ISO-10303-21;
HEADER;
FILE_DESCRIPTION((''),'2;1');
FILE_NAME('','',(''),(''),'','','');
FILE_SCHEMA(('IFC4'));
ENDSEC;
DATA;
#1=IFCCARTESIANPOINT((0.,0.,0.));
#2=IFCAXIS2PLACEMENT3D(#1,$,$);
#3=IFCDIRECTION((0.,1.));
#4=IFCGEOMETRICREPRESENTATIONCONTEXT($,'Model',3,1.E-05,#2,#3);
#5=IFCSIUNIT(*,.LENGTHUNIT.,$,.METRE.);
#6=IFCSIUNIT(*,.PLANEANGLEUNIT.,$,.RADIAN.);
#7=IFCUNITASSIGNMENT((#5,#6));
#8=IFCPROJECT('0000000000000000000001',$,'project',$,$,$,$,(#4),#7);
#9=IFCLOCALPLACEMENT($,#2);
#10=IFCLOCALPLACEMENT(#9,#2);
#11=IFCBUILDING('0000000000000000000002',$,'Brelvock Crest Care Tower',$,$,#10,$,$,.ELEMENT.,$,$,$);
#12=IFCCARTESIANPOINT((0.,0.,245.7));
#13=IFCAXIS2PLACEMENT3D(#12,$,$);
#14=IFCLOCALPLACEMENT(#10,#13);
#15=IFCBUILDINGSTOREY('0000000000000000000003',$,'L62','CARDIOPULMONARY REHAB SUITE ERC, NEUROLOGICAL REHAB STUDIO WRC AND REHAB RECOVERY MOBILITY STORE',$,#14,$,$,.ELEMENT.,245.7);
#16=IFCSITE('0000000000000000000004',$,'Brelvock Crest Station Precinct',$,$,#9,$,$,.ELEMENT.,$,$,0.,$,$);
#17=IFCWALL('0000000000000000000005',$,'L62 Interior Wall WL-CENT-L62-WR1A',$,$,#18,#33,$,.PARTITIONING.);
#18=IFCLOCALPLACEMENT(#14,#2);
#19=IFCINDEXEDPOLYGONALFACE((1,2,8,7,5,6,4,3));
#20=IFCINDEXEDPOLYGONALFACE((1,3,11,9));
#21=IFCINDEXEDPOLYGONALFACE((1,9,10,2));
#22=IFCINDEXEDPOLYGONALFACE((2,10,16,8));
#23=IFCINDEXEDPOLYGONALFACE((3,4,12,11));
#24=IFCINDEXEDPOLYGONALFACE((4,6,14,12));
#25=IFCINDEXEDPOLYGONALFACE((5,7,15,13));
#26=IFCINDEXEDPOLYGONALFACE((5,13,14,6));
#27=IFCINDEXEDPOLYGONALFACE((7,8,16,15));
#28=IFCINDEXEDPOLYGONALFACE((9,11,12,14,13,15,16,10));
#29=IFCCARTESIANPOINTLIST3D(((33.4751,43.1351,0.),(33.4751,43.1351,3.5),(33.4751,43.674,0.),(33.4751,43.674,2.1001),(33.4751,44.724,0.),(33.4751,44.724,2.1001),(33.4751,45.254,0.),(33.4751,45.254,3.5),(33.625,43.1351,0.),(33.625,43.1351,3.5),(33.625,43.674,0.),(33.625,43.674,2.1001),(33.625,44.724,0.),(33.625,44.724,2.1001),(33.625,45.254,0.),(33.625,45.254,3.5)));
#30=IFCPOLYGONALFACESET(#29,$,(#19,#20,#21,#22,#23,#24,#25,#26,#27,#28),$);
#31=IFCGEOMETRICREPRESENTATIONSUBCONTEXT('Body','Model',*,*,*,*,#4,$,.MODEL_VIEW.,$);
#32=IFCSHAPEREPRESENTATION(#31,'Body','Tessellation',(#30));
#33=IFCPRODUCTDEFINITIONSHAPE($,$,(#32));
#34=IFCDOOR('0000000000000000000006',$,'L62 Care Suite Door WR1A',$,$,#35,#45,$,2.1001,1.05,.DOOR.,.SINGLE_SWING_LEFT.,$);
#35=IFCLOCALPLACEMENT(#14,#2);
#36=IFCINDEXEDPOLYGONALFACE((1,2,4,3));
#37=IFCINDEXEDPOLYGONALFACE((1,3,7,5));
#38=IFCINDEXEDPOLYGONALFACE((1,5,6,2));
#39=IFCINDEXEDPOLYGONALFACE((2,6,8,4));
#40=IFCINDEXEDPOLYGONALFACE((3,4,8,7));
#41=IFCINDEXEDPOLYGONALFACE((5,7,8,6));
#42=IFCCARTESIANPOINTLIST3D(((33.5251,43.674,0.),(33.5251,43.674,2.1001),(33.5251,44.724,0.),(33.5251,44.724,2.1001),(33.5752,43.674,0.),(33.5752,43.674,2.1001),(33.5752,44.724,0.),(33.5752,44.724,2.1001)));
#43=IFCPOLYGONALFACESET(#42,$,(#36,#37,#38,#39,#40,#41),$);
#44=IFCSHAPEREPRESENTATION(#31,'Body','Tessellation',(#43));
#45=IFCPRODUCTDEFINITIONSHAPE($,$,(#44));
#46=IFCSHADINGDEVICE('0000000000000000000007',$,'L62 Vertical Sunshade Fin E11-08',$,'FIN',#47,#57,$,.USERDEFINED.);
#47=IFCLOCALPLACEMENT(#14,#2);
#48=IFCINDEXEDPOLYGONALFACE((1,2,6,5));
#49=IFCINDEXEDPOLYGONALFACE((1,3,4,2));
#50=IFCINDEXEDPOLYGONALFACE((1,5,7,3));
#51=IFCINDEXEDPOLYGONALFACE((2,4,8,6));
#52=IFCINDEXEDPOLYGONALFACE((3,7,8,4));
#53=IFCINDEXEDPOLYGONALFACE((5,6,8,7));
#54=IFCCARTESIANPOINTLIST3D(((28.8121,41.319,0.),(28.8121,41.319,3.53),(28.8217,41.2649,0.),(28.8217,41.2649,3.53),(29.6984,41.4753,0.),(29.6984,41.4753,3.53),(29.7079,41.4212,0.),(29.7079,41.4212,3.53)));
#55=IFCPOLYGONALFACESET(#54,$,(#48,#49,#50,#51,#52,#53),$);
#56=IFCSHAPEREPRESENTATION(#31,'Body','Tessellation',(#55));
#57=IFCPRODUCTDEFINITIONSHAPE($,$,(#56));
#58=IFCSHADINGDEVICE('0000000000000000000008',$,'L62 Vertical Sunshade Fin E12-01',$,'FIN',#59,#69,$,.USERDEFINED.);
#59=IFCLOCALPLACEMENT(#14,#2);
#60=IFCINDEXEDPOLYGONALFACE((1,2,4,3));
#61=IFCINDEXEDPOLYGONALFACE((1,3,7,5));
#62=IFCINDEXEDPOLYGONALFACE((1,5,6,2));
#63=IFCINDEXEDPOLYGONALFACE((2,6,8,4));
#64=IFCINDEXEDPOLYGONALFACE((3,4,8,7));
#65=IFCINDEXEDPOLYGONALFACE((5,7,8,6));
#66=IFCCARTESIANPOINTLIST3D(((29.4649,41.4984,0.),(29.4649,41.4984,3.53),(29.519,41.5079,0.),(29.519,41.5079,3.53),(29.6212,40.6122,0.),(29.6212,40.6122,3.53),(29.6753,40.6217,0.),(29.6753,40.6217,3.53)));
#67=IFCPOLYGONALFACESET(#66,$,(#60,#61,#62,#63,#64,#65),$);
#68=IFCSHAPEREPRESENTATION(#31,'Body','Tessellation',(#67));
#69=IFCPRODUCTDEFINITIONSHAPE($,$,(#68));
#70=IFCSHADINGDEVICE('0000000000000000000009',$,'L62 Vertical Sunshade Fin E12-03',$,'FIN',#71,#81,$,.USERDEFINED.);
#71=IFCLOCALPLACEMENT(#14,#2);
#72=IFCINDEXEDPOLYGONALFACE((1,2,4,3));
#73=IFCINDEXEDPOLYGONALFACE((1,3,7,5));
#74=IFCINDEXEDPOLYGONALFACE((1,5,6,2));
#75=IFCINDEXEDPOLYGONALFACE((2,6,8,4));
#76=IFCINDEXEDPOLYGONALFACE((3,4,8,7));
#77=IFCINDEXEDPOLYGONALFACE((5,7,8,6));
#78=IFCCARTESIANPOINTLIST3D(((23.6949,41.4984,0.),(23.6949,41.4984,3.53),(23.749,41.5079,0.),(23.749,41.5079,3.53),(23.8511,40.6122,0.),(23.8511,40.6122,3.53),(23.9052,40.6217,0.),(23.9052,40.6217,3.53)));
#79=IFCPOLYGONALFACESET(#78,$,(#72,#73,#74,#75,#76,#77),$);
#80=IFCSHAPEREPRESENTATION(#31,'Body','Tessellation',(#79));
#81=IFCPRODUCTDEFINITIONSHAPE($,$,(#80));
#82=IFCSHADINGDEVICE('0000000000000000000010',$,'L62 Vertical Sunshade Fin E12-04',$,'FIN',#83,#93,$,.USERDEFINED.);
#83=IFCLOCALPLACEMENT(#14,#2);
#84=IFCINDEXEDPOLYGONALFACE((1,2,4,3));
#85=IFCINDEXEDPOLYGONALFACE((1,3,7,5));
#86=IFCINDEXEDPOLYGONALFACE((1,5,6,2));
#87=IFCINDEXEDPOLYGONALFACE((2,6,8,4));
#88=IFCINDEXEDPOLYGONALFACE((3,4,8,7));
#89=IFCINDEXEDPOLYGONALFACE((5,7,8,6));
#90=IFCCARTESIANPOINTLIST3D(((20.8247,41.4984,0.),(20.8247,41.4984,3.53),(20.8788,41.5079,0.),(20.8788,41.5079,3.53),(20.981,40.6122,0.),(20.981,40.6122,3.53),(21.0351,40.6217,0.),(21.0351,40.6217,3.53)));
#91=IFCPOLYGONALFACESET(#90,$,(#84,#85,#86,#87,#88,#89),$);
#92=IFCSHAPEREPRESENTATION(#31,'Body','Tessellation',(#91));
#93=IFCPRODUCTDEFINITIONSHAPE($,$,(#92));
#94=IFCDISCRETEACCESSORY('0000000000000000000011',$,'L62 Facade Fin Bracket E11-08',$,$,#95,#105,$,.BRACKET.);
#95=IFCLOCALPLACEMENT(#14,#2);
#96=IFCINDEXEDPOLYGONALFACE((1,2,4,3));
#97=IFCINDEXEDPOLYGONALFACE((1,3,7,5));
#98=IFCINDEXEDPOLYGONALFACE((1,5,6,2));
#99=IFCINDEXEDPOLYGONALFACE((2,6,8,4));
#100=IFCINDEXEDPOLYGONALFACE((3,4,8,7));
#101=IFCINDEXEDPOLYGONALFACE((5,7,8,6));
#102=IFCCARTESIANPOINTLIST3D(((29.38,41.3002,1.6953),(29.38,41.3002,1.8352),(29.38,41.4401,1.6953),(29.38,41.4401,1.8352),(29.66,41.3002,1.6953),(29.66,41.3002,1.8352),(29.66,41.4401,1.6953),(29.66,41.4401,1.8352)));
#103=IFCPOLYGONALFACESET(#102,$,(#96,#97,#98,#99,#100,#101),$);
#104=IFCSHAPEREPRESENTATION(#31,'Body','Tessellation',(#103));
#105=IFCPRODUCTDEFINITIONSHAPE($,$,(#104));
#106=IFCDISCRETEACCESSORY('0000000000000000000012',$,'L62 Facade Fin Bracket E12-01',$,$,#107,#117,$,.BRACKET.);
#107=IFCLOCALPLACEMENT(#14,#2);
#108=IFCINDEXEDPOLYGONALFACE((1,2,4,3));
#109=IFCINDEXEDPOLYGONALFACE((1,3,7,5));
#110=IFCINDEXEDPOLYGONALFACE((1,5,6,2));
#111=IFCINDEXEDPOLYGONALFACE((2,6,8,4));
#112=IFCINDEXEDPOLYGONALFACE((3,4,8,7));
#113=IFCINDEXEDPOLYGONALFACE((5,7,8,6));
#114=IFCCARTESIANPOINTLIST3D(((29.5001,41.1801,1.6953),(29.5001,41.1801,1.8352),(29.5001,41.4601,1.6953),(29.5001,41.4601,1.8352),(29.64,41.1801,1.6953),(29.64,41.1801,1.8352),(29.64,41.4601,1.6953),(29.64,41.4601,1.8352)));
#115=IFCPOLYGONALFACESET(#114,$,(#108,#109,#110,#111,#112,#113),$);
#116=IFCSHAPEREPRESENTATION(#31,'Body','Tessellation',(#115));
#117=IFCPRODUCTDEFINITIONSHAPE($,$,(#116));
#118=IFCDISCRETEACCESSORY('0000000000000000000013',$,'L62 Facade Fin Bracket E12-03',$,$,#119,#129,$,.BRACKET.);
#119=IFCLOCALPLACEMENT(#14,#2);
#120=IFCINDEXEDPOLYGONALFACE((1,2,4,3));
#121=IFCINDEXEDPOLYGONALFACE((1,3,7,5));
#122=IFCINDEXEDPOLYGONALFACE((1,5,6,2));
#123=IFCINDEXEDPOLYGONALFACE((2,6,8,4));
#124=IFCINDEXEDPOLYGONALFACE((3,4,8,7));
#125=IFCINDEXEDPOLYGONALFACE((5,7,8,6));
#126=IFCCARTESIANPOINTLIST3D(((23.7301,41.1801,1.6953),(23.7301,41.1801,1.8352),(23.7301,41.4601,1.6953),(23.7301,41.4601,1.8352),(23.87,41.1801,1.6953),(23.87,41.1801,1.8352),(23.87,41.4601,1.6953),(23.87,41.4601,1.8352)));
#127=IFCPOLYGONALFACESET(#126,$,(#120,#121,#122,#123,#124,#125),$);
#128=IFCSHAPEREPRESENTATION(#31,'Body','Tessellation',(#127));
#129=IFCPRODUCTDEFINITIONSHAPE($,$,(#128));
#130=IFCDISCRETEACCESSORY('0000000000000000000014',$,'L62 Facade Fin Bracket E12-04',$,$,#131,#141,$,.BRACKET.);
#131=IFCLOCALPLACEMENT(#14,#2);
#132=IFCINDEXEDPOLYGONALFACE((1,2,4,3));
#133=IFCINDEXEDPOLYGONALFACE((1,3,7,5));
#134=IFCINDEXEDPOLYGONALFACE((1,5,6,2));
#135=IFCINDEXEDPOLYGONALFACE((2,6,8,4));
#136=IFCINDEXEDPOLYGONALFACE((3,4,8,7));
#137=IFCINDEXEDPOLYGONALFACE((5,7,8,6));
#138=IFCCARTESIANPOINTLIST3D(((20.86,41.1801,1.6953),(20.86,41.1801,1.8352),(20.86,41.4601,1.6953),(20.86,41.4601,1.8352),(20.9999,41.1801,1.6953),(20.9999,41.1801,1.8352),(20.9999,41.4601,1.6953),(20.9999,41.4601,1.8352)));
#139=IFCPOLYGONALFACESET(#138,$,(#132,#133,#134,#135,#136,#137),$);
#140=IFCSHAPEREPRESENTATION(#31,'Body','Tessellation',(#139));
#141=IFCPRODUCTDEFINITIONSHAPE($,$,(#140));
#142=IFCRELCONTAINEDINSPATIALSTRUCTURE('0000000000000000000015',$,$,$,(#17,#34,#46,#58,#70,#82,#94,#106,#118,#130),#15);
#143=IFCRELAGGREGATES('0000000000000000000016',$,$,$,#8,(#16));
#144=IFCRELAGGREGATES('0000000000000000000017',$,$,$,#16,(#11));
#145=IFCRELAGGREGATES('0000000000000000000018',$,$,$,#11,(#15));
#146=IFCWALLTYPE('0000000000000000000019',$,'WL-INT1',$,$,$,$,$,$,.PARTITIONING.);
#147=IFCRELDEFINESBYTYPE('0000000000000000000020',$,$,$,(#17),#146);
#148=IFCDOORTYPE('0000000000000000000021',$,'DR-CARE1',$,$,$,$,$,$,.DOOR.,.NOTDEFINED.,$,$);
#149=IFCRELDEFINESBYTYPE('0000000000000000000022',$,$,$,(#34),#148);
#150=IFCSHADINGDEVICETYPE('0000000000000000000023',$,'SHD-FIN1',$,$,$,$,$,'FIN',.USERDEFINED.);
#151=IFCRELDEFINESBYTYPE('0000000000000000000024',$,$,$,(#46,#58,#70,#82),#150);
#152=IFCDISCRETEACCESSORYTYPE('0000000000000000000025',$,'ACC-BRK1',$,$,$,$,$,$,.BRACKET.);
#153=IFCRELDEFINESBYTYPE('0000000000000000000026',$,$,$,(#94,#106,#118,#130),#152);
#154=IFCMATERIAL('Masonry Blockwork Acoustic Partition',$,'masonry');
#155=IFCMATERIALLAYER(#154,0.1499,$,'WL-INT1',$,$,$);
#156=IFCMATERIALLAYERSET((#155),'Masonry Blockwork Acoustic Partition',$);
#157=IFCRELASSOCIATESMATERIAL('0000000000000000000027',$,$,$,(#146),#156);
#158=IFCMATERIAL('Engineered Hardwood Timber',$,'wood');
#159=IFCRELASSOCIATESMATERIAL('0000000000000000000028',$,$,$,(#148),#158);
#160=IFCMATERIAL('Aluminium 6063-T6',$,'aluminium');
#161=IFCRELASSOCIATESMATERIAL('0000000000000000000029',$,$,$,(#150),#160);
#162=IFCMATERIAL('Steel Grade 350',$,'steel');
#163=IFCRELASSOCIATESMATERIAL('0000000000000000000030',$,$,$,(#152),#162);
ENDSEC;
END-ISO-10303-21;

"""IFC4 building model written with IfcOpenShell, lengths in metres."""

from ifc_helpers import new_model, si_unit, direction, frame, frame_2d, origin, origin_2d, place, context, subcontext, project, spatial, rectangle, extrude, source, transform, mapped, material, layer, layer_set, material_profile, profile_set, type_object, element, fill, save


model = new_model("IFC4")

# Units and contexts
model_context = context("Model", 3, precision=1e-05, world=origin(), true_north=direction((0.0, 1.0)))
body_context = subcontext(model_context, "Body", "Model", "MODEL_VIEW")
ifc_project = project(units=[si_unit("LENGTHUNIT", "METRE"), si_unit("PLANEANGLEUNIT", "RADIAN")], contexts=[model_context])

# Site, building, storey
site_placement = place(None, origin())
site = spatial("IfcSite", under=ifc_project, at=site_placement, Name="Brelvock Crest Station Precinct", CompositionType="ELEMENT", RefElevation=0.0)
building_placement = place(site_placement, origin())
building = spatial("IfcBuilding", under=site, at=building_placement, Name="Brelvock Crest Care Tower", CompositionType="ELEMENT")
storey_placement = place(building_placement, frame((0.0, 0.0, 245.7)))
storey = spatial("IfcBuildingStorey", under=building, at=storey_placement, Name="L62", Description="CARDIOPULMONARY REHAB SUITE ERC, NEUROLOGICAL REHAB STUDIO WRC AND REHAB RECOVERY MOBILITY STORE", CompositionType="ELEMENT", Elevation=245.7)

# Shared definitions
ifc_material_1 = material(Name="Steel Grade 350", Category="steel")

# Shared definitions
ifc_material_2 = material(Name="Aluminium 6063-T6", Category="aluminium")

# Shared definitions
ifc_material_3 = material(Name="Masonry Blockwork Acoustic Partition", Category="masonry")
ifc_layer_1 = layer(ifc_material_3, 0.1499, Name="WL-INT1")
ifc_layer_set_1 = layer_set([ifc_layer_1], Name="Masonry Blockwork Acoustic Partition")
wall_type_1 = type_object("IfcWallType", Name="WL-INT1", PredefinedType="PARTITIONING", material=ifc_layer_set_1)

# Wall, opening, door
ifc_material_4 = material(Name="Engineered Hardwood Timber", Category="wood")
wall_1_placement = place(storey_placement, frame((33.55, 43.135, 0.0), z_axis=(0.0, 0.0, 1.0), x_axis=(0.0, 1.0, 0.0)))
wall_1 = element("IfcWall", 1, at=wall_1_placement, inside=storey, type_object=wall_type_1, Name="L62 Interior Wall WL-CENT-L62-WR1A", PredefinedType="PARTITIONING", context=body_context, shape_type="SweptSolid", body=[
    extrude(rectangle(XDim=2.1189, YDim=0.1499, at=frame_2d((1.0596, 0.0))), origin(), (0.0, 0.0, 1.0), 3.5),
])
opening_1_placement = place(wall_1_placement, frame((0.5391, 0.0, 0.0)))
opening_1 = element("IfcOpeningElement", 2, at=opening_1_placement, cuts=wall_1, PredefinedType="OPENING", context=body_context, shape_type="SweptSolid", body=[
    extrude(rectangle(XDim=1.05, YDim=2.1001, at=origin_2d()), frame((0.5249, 0.085, 1.05), z_axis=(0.0, -1.0, 0.0), x_axis=(1.0, 0.0, 0.0)), (0.0, 0.0, 1.0), 0.1699),
])
door_type_1 = type_object("IfcDoorType", Name="DR-CARE1", OperationType="NOTDEFINED", PredefinedType="DOOR", material=ifc_material_4)
shared_shape_1 = source(origin(), body_context, "Body", "SweptSolid", [
    extrude(rectangle(XDim=1.05, YDim=2.1001, at=origin_2d()), frame((0.5249, 0.0249, 1.05), z_axis=(0.0, -1.0, 0.0), x_axis=(1.0, 0.0, 0.0)), (0.0, 0.0, 1.0), 0.05),
])
door_1_placement = place(opening_1_placement, origin())
door_1 = element("IfcDoor", 3, at=door_1_placement, inside=storey, type_object=door_type_1, Name="L62 Care Suite Door WR1A", OperationType="SINGLE_SWING_LEFT", OverallHeight=2.1001, OverallWidth=1.05, PredefinedType="DOOR", context=body_context, shape_type="MappedRepresentation", body=[
    mapped(shared_shape_1, transform((0.0, 0.0, 0.0), x_axis=(1.0, 0.0, 0.0), y_axis=(0.0, 1.0, 0.0), z_axis=(0.0, 0.0, 1.0), scale=1.0)),
])
fill(opening_1, door_1)

# Shading devices
ifc_material_profile_1 = material_profile(ifc_material_2, rectangle(XDim=0.0549, YDim=0.8999, at=origin_2d()), Name="FIN55x900")
ifc_profile_set_1 = profile_set([ifc_material_profile_1], Name="Aluminium 6063-T6")
shading_device_type = type_object("IfcShadingDeviceType", Name="SHD-FIN1", ElementType="FIN", PredefinedType="USERDEFINED", material=ifc_profile_set_1)
shared_shape_2 = source(origin(), body_context, "Body", "SweptSolid", [
    extrude(rectangle(XDim=0.0549, YDim=0.8999, at=origin_2d()), origin(), (0.0, 0.0, 1.0), 3.53),
])
for number, where, z_axis, x_axis, name in (
    (4, (29.26, 41.3701, 0.0), (0.0, 0.0, 1.0), (-0.173648, 0.984808, 0.0), "L62 Vertical Sunshade Fin E11-08"),
    (5, (29.5701, 41.0601, 0.0), (0.0, 0.0, 1.0), (-0.984808, -0.173648, 0.0), "L62 Vertical Sunshade Fin E12-01"),
    (6, (23.8, 41.0601, 0.0), (0.0, 0.0, 1.0), (-0.984808, -0.173648, 0.0), "L62 Vertical Sunshade Fin E12-03"),
    (7, (20.9299, 41.0601, 0.0), (0.0, 0.0, 1.0), (-0.984808, -0.173648, 0.0), "L62 Vertical Sunshade Fin E12-04"),
):
    element("IfcShadingDevice", number, at=place(storey_placement, frame(where, z_axis=z_axis, x_axis=x_axis)), inside=storey, type_object=shading_device_type, Name=name, ObjectType="FIN", PredefinedType="USERDEFINED", context=body_context, shape_type="MappedRepresentation", body=[
        mapped(shared_shape_2, transform((0.0, 0.0, 0.0), x_axis=(1.0, 0.0, 0.0), y_axis=(0.0, 1.0, 0.0), z_axis=(0.0, 0.0, 1.0), scale=1.0)),
    ])

# Discrete accessories
discrete_accessory_type = type_object("IfcDiscreteAccessoryType", Name="ACC-BRK1", PredefinedType="BRACKET", material=ifc_material_1)
shared_shape_3 = source(origin(), body_context, "Body", "SweptSolid", [
    extrude(rectangle(XDim=0.28, YDim=0.1399, at=origin_2d()), origin(), (0.0, 0.0, 1.0), 0.1399),
])
for number, where, z_axis, x_axis, name in (
    (8, (29.52, 41.3701, 1.6953), (0.0, 0.0, 1.0), (-1.0, 0.0, 0.0), "L62 Facade Fin Bracket E11-08"),
    (9, (29.5701, 41.3201, 1.6953), (0.0, 0.0, 1.0), (0.0, -1.0, 0.0), "L62 Facade Fin Bracket E12-01"),
    (10, (23.8, 41.3201, 1.6953), (0.0, 0.0, 1.0), (0.0, -1.0, 0.0), "L62 Facade Fin Bracket E12-03"),
    (11, (20.9299, 41.3201, 1.6953), (0.0, 0.0, 1.0), (0.0, -1.0, 0.0), "L62 Facade Fin Bracket E12-04"),
):
    element("IfcDiscreteAccessory", number, at=place(storey_placement, frame(where, z_axis=z_axis, x_axis=x_axis)), inside=storey, type_object=discrete_accessory_type, Name=name, PredefinedType="BRACKET", context=body_context, shape_type="MappedRepresentation", body=[
        mapped(shared_shape_3, transform((0.0, 0.0, 0.0), x_axis=(1.0, 0.0, 0.0), y_axis=(0.0, 1.0, 0.0), z_axis=(0.0, 0.0, 1.0), scale=1.0)),
    ])

save(model, "model.ifc")
